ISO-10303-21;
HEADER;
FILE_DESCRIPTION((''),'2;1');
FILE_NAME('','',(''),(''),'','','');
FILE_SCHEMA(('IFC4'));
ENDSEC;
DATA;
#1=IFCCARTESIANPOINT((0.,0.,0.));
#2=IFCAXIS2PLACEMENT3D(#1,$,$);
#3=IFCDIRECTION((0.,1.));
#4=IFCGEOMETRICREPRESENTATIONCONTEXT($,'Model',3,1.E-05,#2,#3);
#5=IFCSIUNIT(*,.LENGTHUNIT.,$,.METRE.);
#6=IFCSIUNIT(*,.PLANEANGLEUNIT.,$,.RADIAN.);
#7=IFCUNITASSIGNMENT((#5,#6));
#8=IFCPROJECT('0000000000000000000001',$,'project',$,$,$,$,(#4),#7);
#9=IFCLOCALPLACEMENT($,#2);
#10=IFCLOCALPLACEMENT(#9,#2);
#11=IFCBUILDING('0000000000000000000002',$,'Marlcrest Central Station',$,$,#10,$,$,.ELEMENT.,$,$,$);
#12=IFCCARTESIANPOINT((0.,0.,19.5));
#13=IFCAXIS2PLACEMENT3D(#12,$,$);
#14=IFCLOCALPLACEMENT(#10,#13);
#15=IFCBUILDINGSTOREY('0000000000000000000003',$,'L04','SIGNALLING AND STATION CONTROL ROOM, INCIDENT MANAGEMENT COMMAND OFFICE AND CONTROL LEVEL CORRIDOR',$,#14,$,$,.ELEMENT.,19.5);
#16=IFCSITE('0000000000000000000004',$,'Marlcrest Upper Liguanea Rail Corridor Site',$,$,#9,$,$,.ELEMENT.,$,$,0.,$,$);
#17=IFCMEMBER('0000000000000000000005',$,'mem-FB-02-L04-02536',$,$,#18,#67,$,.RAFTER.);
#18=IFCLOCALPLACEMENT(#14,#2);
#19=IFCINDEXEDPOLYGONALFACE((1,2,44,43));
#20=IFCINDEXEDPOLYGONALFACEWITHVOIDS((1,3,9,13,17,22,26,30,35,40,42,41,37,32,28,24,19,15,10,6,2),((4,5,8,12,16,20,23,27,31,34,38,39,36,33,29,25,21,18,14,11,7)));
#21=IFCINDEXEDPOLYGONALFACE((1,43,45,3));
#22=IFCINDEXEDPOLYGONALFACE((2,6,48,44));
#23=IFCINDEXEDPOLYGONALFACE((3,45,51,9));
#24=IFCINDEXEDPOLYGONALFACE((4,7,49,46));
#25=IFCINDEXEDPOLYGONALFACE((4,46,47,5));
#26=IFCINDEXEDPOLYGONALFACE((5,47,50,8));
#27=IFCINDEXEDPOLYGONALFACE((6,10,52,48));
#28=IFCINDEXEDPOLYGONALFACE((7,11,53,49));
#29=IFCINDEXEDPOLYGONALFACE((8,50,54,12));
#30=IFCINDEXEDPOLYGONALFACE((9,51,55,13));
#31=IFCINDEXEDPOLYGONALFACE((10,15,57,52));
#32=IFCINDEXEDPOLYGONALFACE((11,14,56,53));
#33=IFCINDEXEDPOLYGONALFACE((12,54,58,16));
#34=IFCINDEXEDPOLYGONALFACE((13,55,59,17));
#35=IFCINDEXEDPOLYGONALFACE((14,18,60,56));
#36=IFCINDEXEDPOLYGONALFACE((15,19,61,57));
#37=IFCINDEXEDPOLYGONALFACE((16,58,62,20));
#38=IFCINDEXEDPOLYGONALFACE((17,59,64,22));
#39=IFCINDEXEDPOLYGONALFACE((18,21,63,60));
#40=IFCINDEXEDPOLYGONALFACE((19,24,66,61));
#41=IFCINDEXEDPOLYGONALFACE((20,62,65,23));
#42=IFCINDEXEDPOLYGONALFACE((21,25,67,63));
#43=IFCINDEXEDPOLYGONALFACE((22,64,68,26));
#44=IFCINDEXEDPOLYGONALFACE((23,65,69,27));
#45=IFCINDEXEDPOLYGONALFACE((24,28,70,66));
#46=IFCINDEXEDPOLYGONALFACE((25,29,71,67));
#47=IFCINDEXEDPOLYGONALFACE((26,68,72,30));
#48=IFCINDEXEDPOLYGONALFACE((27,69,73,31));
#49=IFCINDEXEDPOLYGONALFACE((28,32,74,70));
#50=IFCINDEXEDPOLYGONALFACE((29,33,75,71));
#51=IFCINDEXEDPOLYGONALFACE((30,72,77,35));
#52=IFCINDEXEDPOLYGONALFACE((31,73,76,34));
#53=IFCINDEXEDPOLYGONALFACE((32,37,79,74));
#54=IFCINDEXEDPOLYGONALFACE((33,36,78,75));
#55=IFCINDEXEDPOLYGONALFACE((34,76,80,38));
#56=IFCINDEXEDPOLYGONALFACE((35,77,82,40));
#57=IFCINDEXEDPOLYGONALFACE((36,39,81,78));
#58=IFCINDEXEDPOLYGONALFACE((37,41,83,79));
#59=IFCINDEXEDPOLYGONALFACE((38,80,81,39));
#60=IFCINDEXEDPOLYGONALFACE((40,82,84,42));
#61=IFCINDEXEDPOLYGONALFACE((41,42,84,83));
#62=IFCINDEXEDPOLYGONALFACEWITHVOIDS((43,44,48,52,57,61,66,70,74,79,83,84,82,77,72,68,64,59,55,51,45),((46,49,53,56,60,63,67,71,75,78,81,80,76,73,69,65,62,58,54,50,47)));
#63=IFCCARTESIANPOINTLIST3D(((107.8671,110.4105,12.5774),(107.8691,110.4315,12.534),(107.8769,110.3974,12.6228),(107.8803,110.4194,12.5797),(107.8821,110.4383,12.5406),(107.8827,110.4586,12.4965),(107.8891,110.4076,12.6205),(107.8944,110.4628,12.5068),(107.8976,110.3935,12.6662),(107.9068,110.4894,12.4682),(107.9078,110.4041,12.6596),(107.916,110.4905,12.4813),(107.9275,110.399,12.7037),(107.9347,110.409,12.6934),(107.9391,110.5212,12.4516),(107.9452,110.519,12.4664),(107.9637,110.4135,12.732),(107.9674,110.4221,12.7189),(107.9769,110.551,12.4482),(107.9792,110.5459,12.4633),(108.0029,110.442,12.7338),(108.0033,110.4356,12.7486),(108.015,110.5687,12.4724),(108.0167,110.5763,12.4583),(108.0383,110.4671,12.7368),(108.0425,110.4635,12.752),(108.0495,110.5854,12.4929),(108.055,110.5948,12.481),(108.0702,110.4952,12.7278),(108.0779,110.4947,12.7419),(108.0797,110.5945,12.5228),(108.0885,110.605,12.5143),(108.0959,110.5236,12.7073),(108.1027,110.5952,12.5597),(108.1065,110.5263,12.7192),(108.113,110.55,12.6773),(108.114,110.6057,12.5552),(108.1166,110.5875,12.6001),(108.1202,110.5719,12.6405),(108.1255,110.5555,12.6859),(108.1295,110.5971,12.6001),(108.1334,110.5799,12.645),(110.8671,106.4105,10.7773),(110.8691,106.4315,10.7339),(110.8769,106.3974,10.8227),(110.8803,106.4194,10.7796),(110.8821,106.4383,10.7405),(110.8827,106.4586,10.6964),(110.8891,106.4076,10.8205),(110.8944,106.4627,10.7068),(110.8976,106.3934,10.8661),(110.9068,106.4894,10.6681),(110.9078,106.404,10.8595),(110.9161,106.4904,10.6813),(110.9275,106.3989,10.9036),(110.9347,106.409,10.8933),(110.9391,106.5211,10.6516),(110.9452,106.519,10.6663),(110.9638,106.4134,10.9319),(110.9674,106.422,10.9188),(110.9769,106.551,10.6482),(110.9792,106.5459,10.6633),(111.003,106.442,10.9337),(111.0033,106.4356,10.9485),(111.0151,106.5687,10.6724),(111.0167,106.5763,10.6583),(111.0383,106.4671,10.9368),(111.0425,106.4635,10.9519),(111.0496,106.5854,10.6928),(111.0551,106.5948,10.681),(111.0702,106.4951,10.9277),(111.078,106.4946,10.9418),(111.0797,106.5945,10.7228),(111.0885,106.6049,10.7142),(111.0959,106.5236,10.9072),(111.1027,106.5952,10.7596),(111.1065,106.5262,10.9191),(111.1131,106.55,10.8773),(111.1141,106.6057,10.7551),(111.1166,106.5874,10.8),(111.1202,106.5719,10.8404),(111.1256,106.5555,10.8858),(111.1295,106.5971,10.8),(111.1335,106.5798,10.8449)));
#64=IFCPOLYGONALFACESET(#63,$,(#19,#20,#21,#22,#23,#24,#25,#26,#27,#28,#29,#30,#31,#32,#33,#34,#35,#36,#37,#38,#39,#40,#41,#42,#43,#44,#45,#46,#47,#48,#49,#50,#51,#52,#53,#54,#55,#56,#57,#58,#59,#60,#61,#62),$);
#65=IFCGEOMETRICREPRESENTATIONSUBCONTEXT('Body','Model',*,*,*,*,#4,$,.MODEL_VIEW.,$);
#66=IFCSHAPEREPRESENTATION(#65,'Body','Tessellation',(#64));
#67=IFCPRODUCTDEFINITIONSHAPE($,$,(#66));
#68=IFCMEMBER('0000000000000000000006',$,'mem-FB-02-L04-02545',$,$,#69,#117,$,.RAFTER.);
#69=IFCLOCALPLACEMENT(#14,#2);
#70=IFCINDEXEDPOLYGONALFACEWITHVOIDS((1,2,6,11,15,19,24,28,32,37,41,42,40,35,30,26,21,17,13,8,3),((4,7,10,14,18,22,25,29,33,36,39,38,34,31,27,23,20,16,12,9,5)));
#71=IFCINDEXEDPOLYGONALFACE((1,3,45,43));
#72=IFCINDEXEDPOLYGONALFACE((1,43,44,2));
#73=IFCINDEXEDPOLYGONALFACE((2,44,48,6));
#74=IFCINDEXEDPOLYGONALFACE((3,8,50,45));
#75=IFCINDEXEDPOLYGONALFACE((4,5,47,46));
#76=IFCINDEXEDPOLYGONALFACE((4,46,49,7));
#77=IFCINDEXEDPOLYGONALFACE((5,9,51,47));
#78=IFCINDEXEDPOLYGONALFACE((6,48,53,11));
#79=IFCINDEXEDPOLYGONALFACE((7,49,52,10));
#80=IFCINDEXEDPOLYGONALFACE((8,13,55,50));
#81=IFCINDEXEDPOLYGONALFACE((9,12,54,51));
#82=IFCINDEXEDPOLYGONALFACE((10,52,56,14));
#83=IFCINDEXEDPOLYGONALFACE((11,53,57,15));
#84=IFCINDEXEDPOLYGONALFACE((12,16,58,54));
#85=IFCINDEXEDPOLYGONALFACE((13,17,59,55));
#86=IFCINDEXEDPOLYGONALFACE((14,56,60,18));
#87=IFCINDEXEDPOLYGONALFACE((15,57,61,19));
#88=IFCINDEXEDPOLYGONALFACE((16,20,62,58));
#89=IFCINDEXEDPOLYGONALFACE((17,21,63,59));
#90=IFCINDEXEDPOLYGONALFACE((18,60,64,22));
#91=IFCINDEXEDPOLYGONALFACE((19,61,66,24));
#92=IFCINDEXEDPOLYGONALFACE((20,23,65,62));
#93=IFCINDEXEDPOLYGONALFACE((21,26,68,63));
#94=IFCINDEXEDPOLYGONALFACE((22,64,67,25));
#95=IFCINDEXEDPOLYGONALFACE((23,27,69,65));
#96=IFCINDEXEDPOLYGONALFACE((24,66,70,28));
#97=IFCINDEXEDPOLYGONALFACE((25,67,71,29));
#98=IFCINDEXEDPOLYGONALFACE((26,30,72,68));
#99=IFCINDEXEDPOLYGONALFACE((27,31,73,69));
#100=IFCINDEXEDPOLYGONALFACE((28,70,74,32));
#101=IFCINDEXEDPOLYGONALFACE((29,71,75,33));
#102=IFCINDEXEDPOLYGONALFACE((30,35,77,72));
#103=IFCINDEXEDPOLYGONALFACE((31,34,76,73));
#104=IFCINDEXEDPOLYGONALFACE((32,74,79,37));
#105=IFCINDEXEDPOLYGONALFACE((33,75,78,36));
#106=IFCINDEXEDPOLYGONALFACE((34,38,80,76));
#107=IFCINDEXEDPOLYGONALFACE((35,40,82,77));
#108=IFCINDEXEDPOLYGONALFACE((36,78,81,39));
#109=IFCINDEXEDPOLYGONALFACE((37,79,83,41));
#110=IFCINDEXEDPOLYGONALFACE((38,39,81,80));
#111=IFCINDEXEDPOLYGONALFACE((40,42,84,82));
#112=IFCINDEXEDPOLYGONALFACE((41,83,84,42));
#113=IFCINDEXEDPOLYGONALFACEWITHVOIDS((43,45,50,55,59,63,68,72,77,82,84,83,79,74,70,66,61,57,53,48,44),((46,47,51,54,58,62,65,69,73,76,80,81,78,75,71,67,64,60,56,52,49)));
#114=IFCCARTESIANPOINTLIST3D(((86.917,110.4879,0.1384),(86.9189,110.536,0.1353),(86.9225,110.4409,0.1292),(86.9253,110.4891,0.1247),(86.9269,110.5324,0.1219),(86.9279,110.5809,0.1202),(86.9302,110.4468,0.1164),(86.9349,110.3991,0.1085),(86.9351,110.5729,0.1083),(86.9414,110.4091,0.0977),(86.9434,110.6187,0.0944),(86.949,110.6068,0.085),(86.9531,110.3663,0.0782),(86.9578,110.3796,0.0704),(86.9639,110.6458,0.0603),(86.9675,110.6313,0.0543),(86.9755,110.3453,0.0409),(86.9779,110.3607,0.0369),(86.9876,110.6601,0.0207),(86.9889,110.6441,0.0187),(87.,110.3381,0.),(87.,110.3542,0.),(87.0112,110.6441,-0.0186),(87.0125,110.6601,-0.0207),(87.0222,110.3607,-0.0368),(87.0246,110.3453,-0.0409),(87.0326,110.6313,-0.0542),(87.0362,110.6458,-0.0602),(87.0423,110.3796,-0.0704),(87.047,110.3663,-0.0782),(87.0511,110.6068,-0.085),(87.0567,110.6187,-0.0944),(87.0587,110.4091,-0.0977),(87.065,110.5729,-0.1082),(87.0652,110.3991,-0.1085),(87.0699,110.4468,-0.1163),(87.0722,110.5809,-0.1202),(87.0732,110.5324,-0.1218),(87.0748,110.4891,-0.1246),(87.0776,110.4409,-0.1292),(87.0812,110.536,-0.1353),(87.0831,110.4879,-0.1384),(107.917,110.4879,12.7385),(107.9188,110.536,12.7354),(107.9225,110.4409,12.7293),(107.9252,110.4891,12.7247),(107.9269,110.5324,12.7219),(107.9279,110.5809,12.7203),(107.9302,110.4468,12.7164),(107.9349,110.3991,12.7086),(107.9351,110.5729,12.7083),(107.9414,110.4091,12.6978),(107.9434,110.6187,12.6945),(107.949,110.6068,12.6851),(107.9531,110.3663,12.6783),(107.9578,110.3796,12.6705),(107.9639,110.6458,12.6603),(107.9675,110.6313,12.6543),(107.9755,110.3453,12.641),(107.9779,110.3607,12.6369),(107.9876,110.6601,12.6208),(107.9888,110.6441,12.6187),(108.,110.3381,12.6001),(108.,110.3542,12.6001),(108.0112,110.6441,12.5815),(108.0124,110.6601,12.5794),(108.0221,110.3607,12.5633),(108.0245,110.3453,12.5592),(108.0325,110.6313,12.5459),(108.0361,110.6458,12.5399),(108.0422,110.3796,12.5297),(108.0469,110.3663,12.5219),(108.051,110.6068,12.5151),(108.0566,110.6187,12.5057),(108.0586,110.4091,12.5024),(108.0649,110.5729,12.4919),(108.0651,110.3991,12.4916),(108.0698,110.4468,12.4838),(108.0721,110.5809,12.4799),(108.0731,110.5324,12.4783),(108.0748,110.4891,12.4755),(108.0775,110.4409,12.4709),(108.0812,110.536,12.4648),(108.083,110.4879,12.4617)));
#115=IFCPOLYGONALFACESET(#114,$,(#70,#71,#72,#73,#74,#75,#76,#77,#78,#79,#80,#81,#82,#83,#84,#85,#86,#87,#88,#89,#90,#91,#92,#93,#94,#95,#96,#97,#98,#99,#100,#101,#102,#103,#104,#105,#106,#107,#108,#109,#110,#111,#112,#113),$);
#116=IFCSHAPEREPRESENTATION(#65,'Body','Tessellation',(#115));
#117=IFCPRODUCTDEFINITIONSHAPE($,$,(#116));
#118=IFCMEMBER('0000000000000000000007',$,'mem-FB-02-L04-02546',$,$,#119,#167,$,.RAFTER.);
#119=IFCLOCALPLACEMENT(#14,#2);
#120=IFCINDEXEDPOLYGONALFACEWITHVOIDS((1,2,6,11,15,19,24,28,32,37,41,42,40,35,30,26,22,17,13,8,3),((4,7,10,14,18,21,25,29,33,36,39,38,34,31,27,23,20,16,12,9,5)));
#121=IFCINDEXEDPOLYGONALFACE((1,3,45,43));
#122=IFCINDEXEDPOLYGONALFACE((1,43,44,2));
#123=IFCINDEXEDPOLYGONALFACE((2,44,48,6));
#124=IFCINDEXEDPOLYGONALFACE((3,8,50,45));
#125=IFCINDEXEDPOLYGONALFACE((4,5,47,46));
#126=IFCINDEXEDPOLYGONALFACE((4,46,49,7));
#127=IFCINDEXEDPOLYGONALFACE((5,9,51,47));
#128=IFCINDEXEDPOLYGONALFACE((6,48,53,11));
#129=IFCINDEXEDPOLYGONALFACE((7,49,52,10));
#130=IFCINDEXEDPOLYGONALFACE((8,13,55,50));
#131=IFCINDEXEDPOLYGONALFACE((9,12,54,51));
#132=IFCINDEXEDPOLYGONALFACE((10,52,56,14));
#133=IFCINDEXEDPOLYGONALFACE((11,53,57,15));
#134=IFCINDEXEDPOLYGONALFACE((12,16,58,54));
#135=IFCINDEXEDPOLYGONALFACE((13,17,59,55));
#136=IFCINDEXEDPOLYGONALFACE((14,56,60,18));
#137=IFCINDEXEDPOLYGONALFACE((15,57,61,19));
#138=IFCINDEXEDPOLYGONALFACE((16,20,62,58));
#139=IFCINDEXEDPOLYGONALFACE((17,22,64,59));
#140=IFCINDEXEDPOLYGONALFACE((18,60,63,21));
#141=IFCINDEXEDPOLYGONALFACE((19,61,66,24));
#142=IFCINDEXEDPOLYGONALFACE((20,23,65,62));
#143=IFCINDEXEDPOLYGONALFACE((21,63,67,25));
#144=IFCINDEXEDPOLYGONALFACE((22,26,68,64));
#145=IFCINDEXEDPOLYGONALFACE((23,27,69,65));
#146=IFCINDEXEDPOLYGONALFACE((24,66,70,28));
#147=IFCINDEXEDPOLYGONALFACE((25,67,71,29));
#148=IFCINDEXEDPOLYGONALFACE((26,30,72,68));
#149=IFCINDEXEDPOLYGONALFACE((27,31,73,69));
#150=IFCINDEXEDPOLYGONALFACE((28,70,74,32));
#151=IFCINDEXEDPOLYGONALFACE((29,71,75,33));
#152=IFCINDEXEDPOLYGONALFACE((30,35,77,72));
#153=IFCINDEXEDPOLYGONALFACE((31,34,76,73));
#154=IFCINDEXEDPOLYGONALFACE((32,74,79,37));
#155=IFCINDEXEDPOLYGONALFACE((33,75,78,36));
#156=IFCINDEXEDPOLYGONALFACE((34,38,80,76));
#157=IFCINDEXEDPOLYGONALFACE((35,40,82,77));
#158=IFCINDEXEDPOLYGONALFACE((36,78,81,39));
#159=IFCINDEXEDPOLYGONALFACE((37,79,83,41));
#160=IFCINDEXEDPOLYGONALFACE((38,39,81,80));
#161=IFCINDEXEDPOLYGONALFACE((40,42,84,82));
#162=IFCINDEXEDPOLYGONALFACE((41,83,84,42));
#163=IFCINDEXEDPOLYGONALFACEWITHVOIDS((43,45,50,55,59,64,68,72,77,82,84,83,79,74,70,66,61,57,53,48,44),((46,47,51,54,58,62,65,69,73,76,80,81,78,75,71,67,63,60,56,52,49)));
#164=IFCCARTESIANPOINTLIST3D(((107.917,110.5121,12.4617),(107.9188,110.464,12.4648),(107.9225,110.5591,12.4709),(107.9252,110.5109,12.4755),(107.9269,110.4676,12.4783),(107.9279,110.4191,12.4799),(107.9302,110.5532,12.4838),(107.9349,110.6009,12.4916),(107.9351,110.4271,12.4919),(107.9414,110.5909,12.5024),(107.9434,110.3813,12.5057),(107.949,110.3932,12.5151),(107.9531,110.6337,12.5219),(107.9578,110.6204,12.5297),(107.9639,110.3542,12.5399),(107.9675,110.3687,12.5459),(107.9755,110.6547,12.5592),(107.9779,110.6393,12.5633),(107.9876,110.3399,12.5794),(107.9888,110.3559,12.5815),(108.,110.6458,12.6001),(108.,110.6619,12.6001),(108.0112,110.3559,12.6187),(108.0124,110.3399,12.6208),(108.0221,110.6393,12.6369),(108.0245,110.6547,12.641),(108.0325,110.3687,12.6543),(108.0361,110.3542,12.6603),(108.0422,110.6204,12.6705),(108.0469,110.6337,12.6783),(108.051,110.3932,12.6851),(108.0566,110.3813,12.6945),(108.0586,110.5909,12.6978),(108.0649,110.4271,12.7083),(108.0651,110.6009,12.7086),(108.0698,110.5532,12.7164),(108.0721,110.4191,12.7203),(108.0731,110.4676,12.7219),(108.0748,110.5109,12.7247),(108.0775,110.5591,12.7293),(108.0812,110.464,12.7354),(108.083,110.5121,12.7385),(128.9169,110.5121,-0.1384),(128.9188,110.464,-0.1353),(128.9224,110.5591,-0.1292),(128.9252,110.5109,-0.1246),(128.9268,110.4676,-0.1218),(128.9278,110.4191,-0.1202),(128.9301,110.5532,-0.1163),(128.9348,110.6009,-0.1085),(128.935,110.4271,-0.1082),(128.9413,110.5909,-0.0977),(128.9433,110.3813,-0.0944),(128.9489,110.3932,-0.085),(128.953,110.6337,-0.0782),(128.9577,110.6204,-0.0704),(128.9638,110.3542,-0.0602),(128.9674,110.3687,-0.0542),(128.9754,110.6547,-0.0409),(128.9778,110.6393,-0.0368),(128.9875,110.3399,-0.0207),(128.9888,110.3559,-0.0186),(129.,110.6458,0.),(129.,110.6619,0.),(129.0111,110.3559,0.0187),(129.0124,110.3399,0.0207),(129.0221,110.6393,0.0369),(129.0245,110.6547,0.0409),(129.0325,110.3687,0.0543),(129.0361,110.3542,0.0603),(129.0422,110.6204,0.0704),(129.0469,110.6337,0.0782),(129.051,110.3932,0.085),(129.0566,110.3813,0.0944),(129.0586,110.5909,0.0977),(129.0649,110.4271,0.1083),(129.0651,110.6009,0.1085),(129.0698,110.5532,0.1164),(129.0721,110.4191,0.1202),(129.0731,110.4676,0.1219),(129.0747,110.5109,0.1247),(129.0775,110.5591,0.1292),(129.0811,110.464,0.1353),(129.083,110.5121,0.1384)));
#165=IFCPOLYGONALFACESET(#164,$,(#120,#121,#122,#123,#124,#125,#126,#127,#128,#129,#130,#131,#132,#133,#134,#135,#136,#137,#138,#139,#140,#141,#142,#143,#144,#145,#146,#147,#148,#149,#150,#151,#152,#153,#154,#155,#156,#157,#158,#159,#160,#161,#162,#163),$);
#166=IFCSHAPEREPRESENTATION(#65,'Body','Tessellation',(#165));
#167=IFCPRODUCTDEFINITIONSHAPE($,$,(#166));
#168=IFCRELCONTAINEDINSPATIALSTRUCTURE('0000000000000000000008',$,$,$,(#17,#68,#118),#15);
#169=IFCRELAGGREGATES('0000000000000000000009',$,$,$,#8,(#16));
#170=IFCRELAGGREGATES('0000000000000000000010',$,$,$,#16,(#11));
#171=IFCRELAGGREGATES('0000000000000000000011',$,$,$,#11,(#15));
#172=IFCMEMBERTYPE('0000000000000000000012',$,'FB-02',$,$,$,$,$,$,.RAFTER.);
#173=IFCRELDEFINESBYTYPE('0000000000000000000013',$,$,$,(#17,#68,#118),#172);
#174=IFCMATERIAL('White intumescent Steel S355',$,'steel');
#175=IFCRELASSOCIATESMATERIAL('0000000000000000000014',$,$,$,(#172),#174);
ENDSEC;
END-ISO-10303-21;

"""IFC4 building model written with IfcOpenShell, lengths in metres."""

from ifc_helpers import new_model, si_unit, direction, frame, origin, origin_2d, place, context, subcontext, project, spatial, hollow_circle, extrude, material, material_profile, profile_set, type_object, element, save


model = new_model("IFC4")

# Units and contexts
model_context = context("Model", 3, precision=1e-05, world=origin(), true_north=direction((0.0, 1.0)))
body_context = subcontext(model_context, "Body", "Model", "MODEL_VIEW")
ifc_project = project(units=[si_unit("LENGTHUNIT", "METRE"), si_unit("PLANEANGLEUNIT", "RADIAN")], contexts=[model_context])

# Site, building, storey
site_placement = place(None, origin())
site = spatial("IfcSite", under=ifc_project, at=site_placement, Name="Marlcrest Upper Liguanea Rail Corridor Site", CompositionType="ELEMENT", RefElevation=0.0)
building_placement = place(site_placement, origin())
building = spatial("IfcBuilding", under=site, at=building_placement, Name="Marlcrest Central Station", CompositionType="ELEMENT")
storey_placement = place(building_placement, frame((0.0, 0.0, 19.5)))
storey = spatial("IfcBuildingStorey", under=building, at=storey_placement, Name="L04", Description="SIGNALLING AND STATION CONTROL ROOM, INCIDENT MANAGEMENT COMMAND OFFICE AND CONTROL LEVEL CORRIDOR", CompositionType="ELEMENT", Elevation=19.5)

# Members
ifc_material_1 = material(Name="White intumescent Steel S355", Category="steel")
ifc_material_profile_1 = material_profile(ifc_material_1, hollow_circle(Radius=0.1619, WallThickness=0.0161, at=origin_2d()), Name="CHS 323.9x16")
ifc_profile_set_1 = profile_set([ifc_material_profile_1], Name="White intumescent Steel S355")
member_type_1 = type_object("IfcMemberType", Name="FB-02", PredefinedType="RAFTER", material=ifc_profile_set_1)
for number, where, z_axis, x_axis, name in (
    (1, (108.0, 110.5, 12.6001), (0.564531, -0.752708, -0.338728), (0.8, 0.6, 0.0), "mem-FB-02-L04-02536"),
):
    element("IfcMember", number, at=place(storey_placement, frame(where, z_axis=z_axis, x_axis=x_axis)), inside=storey, type_object=member_type_1, Name=name, PredefinedType="RAFTER", context=body_context, shape_type="SweptSolid", body=[
        extrude(hollow_circle(Radius=0.1619, WallThickness=0.0161, at=origin_2d()), origin(), (0.0, 0.0, 1.0), 5.3142),
    ])
for number, where, z_axis, x_axis, name in (
    (2, (108.0, 110.5, 12.6001), (-0.857491, 0.0, -0.514499), (0.0, -1.0, 0.0), "mem-FB-02-L04-02545"),
    (3, (108.0, 110.5, 12.6001), (0.857491, 0.0, -0.514499), (0.0, 1.0, 0.0), "mem-FB-02-L04-02546"),
):
    element("IfcMember", number, at=place(storey_placement, frame(where, z_axis=z_axis, x_axis=x_axis)), inside=storey, type_object=member_type_1, Name=name, PredefinedType="RAFTER", context=body_context, shape_type="SweptSolid", body=[
        extrude(hollow_circle(Radius=0.1619, WallThickness=0.0161, at=origin_2d()), origin(), (0.0, 0.0, 1.0), 24.49),
    ])

save(model, "model.ifc")
